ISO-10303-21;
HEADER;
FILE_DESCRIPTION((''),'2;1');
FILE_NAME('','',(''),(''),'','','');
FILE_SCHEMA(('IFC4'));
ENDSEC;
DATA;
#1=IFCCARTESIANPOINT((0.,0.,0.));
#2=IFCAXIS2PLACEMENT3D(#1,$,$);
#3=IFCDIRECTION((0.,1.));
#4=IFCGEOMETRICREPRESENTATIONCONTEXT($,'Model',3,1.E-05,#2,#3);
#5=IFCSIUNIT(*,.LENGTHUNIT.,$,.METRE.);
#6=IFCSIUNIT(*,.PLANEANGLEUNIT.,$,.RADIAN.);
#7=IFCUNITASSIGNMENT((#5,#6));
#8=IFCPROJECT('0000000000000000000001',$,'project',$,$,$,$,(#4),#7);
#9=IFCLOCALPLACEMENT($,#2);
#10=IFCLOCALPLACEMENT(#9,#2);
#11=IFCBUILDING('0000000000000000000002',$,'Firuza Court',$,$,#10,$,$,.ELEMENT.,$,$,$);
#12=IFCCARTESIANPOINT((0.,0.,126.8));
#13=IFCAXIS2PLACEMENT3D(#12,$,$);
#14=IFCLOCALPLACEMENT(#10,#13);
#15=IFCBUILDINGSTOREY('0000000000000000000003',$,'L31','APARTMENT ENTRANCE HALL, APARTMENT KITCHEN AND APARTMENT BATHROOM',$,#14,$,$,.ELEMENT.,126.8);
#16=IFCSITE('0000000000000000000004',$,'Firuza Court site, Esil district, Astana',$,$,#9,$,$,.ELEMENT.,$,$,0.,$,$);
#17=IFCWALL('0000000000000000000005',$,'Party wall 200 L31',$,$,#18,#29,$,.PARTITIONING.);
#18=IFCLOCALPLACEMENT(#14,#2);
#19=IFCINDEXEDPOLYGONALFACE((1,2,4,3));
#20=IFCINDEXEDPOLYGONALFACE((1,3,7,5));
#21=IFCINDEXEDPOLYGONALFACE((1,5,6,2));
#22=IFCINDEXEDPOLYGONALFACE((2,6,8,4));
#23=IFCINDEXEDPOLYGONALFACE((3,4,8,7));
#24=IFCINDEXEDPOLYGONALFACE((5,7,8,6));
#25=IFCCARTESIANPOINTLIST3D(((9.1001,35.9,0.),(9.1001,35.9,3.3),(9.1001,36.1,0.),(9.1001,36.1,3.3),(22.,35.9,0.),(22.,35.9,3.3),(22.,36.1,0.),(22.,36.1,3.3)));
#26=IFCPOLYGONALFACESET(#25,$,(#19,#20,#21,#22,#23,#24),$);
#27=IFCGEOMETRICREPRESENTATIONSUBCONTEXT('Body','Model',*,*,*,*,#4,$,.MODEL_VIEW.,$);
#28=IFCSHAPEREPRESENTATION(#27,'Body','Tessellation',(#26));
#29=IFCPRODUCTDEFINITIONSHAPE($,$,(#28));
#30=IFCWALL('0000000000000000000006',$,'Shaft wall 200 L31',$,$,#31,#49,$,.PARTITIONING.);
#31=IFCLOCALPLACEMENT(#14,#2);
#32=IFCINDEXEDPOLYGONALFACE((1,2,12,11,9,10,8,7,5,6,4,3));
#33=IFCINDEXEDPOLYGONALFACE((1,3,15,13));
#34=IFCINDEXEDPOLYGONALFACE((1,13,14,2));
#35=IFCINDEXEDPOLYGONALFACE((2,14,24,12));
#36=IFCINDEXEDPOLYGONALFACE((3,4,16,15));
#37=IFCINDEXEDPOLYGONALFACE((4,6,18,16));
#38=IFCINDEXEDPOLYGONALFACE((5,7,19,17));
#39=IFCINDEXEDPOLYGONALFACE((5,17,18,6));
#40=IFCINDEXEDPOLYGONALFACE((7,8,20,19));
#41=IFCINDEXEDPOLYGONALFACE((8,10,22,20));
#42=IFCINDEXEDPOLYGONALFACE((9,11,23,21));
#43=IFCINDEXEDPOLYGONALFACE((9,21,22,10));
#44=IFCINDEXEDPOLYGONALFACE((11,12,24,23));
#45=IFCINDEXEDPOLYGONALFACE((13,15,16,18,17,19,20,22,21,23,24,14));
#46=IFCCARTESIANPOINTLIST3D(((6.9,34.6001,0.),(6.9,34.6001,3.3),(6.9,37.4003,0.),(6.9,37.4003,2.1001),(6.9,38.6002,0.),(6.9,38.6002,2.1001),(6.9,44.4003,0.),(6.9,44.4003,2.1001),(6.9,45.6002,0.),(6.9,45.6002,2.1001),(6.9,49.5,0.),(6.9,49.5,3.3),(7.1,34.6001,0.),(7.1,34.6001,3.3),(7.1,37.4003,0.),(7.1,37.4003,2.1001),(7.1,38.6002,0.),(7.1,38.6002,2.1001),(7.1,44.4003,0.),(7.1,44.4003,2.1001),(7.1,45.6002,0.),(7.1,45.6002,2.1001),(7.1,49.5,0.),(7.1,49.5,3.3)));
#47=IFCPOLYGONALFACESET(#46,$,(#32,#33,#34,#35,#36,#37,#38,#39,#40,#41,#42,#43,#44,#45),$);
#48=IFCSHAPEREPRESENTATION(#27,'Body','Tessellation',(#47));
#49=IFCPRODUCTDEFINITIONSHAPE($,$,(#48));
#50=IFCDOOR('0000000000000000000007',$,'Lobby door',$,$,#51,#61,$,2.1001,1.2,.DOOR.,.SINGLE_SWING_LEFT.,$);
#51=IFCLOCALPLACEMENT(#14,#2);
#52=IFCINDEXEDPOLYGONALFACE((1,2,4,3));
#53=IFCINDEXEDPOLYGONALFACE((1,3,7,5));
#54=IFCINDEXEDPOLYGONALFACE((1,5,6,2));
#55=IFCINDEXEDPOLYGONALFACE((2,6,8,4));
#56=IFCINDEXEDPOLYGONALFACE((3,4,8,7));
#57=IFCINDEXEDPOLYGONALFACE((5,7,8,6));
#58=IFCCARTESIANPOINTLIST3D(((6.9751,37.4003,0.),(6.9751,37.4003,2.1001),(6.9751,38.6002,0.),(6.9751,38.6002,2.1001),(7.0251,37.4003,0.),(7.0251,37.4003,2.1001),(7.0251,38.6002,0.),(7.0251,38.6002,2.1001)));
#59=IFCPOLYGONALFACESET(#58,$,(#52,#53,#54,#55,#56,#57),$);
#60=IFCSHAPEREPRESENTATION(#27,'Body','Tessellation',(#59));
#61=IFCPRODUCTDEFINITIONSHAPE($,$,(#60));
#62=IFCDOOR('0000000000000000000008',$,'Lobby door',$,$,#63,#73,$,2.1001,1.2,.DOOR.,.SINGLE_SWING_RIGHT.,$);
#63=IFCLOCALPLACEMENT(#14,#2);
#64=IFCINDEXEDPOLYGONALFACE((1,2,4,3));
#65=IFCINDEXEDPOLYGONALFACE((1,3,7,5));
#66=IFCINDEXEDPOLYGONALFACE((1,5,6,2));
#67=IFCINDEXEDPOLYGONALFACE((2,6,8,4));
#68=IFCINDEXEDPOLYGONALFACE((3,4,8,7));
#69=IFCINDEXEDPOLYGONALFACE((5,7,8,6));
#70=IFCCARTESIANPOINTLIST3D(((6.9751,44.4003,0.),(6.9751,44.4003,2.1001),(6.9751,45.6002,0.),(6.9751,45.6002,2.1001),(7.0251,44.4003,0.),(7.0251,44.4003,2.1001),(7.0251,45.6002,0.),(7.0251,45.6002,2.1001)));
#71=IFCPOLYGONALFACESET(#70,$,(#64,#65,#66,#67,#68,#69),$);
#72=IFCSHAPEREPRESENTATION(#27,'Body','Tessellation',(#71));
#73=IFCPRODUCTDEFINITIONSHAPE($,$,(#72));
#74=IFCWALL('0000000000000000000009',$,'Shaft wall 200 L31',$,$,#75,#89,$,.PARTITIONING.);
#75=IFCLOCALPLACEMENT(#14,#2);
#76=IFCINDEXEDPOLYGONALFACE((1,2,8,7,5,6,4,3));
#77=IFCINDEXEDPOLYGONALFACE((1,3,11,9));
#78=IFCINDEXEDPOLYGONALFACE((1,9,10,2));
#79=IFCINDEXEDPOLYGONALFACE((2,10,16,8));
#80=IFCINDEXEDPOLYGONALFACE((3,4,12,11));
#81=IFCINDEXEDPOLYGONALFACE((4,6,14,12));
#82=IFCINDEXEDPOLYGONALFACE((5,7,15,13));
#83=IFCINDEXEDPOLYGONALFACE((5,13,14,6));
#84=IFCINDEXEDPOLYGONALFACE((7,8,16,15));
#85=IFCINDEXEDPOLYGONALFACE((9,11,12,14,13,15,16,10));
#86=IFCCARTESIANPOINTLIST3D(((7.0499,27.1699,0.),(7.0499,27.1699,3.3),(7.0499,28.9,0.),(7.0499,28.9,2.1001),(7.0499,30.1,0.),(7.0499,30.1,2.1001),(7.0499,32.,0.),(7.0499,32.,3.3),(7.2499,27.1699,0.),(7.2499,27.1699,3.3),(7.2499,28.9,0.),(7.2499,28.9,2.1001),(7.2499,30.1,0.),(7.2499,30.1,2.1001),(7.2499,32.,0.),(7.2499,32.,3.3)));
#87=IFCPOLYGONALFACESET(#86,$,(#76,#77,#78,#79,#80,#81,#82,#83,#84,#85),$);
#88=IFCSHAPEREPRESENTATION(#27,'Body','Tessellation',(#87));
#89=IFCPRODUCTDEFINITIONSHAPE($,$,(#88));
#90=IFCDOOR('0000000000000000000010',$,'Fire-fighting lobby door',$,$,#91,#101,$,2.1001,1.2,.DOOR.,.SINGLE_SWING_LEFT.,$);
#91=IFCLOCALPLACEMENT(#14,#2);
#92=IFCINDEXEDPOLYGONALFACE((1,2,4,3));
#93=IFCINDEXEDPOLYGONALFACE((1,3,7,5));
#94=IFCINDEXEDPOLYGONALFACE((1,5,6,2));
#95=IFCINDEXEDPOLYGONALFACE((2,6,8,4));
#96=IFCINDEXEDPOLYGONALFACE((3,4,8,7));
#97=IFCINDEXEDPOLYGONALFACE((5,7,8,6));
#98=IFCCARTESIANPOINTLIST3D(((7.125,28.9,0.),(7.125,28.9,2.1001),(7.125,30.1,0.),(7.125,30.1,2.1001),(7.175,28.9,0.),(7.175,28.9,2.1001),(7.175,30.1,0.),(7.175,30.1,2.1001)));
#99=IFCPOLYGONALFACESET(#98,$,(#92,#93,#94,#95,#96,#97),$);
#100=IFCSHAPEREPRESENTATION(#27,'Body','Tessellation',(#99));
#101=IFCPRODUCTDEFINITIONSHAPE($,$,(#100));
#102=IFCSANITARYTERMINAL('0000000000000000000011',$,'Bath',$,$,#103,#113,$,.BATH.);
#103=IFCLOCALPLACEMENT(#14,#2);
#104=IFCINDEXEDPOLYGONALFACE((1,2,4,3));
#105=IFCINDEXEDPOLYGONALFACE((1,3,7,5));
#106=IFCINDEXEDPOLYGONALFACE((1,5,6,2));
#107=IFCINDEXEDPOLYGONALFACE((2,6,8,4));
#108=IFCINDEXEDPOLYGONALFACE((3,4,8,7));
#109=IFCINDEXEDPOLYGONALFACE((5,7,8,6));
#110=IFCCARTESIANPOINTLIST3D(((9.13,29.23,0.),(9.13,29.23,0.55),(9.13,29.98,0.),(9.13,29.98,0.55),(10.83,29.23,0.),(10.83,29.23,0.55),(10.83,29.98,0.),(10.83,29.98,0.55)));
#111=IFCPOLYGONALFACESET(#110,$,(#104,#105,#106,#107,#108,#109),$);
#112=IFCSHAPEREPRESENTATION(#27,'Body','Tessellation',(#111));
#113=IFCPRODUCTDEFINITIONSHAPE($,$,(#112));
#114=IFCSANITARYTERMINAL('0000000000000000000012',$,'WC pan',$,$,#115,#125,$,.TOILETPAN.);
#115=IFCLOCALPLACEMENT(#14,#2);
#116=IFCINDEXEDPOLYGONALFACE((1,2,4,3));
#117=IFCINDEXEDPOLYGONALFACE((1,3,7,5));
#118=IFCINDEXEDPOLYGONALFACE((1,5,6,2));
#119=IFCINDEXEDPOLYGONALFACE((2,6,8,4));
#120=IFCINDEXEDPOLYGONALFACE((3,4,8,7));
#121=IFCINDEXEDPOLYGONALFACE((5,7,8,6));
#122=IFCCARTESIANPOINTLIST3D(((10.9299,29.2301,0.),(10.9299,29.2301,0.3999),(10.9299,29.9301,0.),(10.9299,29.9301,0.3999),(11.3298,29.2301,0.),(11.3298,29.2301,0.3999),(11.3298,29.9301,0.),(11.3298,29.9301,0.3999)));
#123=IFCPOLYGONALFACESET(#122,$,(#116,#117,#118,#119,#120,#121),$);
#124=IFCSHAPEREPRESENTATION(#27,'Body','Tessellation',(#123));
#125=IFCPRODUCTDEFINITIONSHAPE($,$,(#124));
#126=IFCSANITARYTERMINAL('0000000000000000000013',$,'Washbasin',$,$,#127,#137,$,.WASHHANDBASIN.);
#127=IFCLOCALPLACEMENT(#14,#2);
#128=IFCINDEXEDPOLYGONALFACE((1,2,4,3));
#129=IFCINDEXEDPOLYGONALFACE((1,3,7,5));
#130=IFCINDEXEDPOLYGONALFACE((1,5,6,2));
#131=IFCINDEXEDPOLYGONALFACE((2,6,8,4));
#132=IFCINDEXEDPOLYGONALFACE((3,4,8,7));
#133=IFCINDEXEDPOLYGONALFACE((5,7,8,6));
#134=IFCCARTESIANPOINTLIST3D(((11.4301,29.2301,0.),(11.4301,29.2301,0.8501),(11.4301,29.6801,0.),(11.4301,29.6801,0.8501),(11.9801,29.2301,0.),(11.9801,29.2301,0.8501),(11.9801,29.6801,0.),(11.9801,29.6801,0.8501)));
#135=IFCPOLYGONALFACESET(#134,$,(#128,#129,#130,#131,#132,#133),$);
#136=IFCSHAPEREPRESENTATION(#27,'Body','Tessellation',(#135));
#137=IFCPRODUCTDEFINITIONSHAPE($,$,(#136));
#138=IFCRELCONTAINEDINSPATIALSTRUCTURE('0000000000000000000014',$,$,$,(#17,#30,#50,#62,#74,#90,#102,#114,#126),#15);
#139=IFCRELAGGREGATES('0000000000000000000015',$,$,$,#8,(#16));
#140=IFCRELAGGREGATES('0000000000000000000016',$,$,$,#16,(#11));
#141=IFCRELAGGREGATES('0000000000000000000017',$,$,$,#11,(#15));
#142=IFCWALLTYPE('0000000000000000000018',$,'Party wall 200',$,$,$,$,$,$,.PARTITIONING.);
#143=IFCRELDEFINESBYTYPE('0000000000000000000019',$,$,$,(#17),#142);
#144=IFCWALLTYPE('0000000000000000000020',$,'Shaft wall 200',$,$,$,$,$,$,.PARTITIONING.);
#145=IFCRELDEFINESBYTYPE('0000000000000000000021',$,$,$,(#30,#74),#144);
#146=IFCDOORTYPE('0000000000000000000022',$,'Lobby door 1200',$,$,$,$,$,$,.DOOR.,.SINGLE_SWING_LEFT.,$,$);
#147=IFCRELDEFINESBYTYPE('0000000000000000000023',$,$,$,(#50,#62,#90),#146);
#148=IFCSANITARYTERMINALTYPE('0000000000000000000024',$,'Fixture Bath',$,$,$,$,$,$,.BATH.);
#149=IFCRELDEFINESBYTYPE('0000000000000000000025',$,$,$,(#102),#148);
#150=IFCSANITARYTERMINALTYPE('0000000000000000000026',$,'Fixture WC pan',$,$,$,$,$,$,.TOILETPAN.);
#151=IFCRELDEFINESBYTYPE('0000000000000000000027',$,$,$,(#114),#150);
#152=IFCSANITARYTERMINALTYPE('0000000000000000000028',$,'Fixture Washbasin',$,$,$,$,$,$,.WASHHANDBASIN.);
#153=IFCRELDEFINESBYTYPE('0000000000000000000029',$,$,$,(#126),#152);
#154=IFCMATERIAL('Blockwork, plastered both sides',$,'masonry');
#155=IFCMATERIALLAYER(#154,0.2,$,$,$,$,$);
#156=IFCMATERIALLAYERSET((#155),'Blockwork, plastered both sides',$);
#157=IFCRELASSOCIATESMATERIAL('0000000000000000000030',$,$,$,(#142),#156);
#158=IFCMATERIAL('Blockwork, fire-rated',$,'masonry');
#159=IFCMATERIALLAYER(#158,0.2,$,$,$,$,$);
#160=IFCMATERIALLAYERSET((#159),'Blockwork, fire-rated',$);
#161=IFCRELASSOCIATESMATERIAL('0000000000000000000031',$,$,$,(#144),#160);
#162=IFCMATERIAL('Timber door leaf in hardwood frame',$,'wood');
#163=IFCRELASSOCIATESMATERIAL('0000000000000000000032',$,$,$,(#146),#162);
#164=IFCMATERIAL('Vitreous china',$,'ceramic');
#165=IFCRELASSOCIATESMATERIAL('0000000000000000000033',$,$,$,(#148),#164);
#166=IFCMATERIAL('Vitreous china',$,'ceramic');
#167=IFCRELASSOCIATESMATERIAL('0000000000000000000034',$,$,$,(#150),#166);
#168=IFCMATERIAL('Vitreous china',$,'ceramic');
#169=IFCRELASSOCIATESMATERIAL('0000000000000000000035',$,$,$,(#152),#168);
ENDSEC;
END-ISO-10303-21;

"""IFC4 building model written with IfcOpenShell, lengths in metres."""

from ifc_helpers import new_model, si_unit, direction, frame, frame_2d, origin, origin_2d, place, context, subcontext, project, spatial, rectangle, extrude, material, layer, layer_set, type_object, element, fill, save


model = new_model("IFC4")

# Units and contexts
model_context = context("Model", 3, precision=1e-05, world=origin(), true_north=direction((0.0, 1.0)))
body_context = subcontext(model_context, "Body", "Model", "MODEL_VIEW")
ifc_project = project(units=[si_unit("LENGTHUNIT", "METRE"), si_unit("PLANEANGLEUNIT", "RADIAN")], contexts=[model_context])

# Site, building, storey
site_placement = place(None, origin())
site = spatial("IfcSite", under=ifc_project, at=site_placement, Name="Firuza Court site, Esil district, Astana", CompositionType="ELEMENT", RefElevation=0.0)
building_placement = place(site_placement, origin())
building = spatial("IfcBuilding", under=site, at=building_placement, Name="Firuza Court", CompositionType="ELEMENT")
storey_placement = place(building_placement, frame((0.0, 0.0, 126.8)))
storey = spatial("IfcBuildingStorey", under=building, at=storey_placement, Name="L31", Description="APARTMENT ENTRANCE HALL, APARTMENT KITCHEN AND APARTMENT BATHROOM", CompositionType="ELEMENT", Elevation=126.8)

# Shared definitions
ifc_material_1 = material(Name="Blockwork, plastered both sides", Category="masonry")

# Wall
ifc_layer_1 = layer(ifc_material_1, 0.2)
ifc_layer_set_1 = layer_set([ifc_layer_1], Name="Blockwork, plastered both sides")
wall_type_1 = type_object("IfcWallType", Name="Party wall 200", PredefinedType="PARTITIONING", material=ifc_layer_set_1)
for number, where, z_axis, x_axis, name in (
    (1, (9.1001, 36.0, 0.0), (0.0, 0.0, 1.0), (1.0, 0.0, 0.0), "Party wall 200 L31"),
):
    element("IfcWall", number, at=place(storey_placement, frame(where, z_axis=z_axis, x_axis=x_axis)), inside=storey, type_object=wall_type_1, Name=name, PredefinedType="PARTITIONING", context=body_context, shape_type="SweptSolid", body=[
        extrude(rectangle(XDim=12.8999, YDim=0.2, at=frame_2d((6.45, 0.0))), origin(), (0.0, 0.0, 1.0), 3.3),
    ])

# Wall, openings, doors
ifc_material_2 = material(Name="Blockwork, fire-rated", Category="masonry")
ifc_layer_2 = layer(ifc_material_2, 0.2)
ifc_layer_set_2 = layer_set([ifc_layer_2], Name="Blockwork, fire-rated")
wall_type_2 = type_object("IfcWallType", Name="Shaft wall 200", PredefinedType="PARTITIONING", material=ifc_layer_set_2)
wall_1_placement = place(storey_placement, frame((7.0, 34.6001, 0.0), z_axis=(0.0, 0.0, 1.0), x_axis=(0.0, 1.0, 0.0)))
wall_1 = element("IfcWall", 2, at=wall_1_placement, inside=storey, type_object=wall_type_2, Name="Shaft wall 200 L31", PredefinedType="PARTITIONING", context=body_context, shape_type="SweptSolid", body=[
    extrude(rectangle(XDim=14.8999, YDim=0.2, at=frame_2d((7.45, 0.0))), origin(), (0.0, 0.0, 1.0), 3.3),
])
opening_1_placement = place(wall_1_placement, frame((2.8, 0.0, 0.0)))
opening_1 = element("IfcOpeningElement", 3, at=opening_1_placement, cuts=wall_1, PredefinedType="OPENING", context=body_context, shape_type="SweptSolid", body=[
    extrude(rectangle(XDim=1.2, YDim=2.1001, at=frame_2d((0.6001, 1.05))), frame((0.0, 0.1118, 0.0), z_axis=(0.0, -1.0, 0.0), x_axis=(1.0, 0.0, 0.0)), (0.0, 0.0, 1.0), 0.2239),
])
opening_2_placement = place(wall_1_placement, frame((9.8, 0.0, 0.0)))
opening_2 = element("IfcOpeningElement", 4, at=opening_2_placement, cuts=wall_1, PredefinedType="OPENING", context=body_context, shape_type="SweptSolid", body=[
    extrude(rectangle(XDim=1.2, YDim=2.1001, at=frame_2d((0.6001, 1.05))), frame((0.0, 0.1118, 0.0), z_axis=(0.0, -1.0, 0.0), x_axis=(1.0, 0.0, 0.0)), (0.0, 0.0, 1.0), 0.2239),
])
ifc_material_3 = material(Name="Timber door leaf in hardwood frame", Category="wood")
door_type_1 = type_object("IfcDoorType", Name="Lobby door 1200", OperationType="SINGLE_SWING_LEFT", PredefinedType="DOOR", material=ifc_material_3)
door_1_placement = place(opening_1_placement, origin())
door_1 = element("IfcDoor", 5, at=door_1_placement, inside=storey, type_object=door_type_1, Name="Lobby door", OperationType="SINGLE_SWING_LEFT", OverallHeight=2.1001, OverallWidth=1.2, PredefinedType="DOOR", context=body_context, shape_type="SweptSolid", body=[
    extrude(rectangle(XDim=1.2, YDim=2.1001, at=frame_2d((0.6001, 1.05))), frame((0.0, 0.0249, 0.0), z_axis=(0.0, -1.0, 0.0), x_axis=(1.0, 0.0, 0.0)), (0.0, 0.0, 1.0), 0.05),
])
fill(opening_1, door_1)
door_2_placement = place(opening_2_placement, origin())
door_2 = element("IfcDoor", 6, at=door_2_placement, inside=storey, type_object=door_type_1, Name="Lobby door", OperationType="SINGLE_SWING_RIGHT", OverallHeight=2.1001, OverallWidth=1.2, PredefinedType="DOOR", context=body_context, shape_type="SweptSolid", body=[
    extrude(rectangle(XDim=1.2, YDim=2.1001, at=frame_2d((0.6001, 1.05))), frame((0.0, 0.0249, 0.0), z_axis=(0.0, -1.0, 0.0), x_axis=(1.0, 0.0, 0.0)), (0.0, 0.0, 1.0), 0.05),
])
fill(opening_2, door_2)

# Wall, opening, door
wall_2_placement = place(storey_placement, frame((7.1499, 27.1699, 0.0), z_axis=(0.0, 0.0, 1.0), x_axis=(0.0, 1.0, 0.0)))
wall_2 = element("IfcWall", 7, at=wall_2_placement, inside=storey, type_object=wall_type_2, Name="Shaft wall 200 L31", PredefinedType="PARTITIONING", context=body_context, shape_type="SweptSolid", body=[
    extrude(rectangle(XDim=4.8301, YDim=0.2, at=frame_2d((2.415, 0.0))), origin(), (0.0, 0.0, 1.0), 3.3),
])
opening_3_placement = place(wall_2_placement, frame((1.73, 0.0, 0.0)))
opening_3 = element("IfcOpeningElement", 8, at=opening_3_placement, cuts=wall_2, PredefinedType="OPENING", context=body_context, shape_type="SweptSolid", body=[
    extrude(rectangle(XDim=1.2, YDim=2.1001, at=frame_2d((0.6001, 1.05))), frame((0.0, 0.1118, 0.0), z_axis=(0.0, -1.0, 0.0), x_axis=(1.0, 0.0, 0.0)), (0.0, 0.0, 1.0), 0.2239),
])
door_3_placement = place(opening_3_placement, origin())
door_3 = element("IfcDoor", 9, at=door_3_placement, inside=storey, type_object=door_type_1, Name="Fire-fighting lobby door", OperationType="SINGLE_SWING_LEFT", OverallHeight=2.1001, OverallWidth=1.2, PredefinedType="DOOR", context=body_context, shape_type="SweptSolid", body=[
    extrude(rectangle(XDim=1.2, YDim=2.1001, at=frame_2d((0.6001, 1.05))), frame((0.0, 0.0249, 0.0), z_axis=(0.0, -1.0, 0.0), x_axis=(1.0, 0.0, 0.0)), (0.0, 0.0, 1.0), 0.05),
])
fill(opening_3, door_3)

# Sanitary terminals
ifc_material_4 = material(Name="Vitreous china", Category="ceramic")
sanitary_terminal_type_1 = type_object("IfcSanitaryTerminalType", Name="Fixture Bath", PredefinedType="BATH", material=ifc_material_4)
sanitary_terminal_1_placement = place(storey_placement, frame((9.98, 29.605, 0.0), z_axis=(0.0, 0.0, 1.0), x_axis=(1.0, 0.0, 0.0)))
element("IfcSanitaryTerminal", 10, at=sanitary_terminal_1_placement, inside=storey, type_object=sanitary_terminal_type_1, Name="Bath", PredefinedType="BATH", context=body_context, shape_type="SweptSolid", body=[
    extrude(rectangle(XDim=1.7, YDim=0.75, at=origin_2d()), origin(), (0.0, 0.0, 1.0), 0.55),
])
ifc_material_5 = material(Name="Vitreous china", Category="ceramic")
sanitary_terminal_type_2 = type_object("IfcSanitaryTerminalType", Name="Fixture WC pan", PredefinedType="TOILETPAN", material=ifc_material_5)
sanitary_terminal_2_placement = place(storey_placement, frame((11.1299, 29.5801, 0.0), z_axis=(0.0, 0.0, 1.0), x_axis=(1.0, 0.0, 0.0)))
element("IfcSanitaryTerminal", 11, at=sanitary_terminal_2_placement, inside=storey, type_object=sanitary_terminal_type_2, Name="WC pan", PredefinedType="TOILETPAN", context=body_context, shape_type="SweptSolid", body=[
    extrude(rectangle(XDim=0.3999, YDim=0.7, at=origin_2d()), origin(), (0.0, 0.0, 1.0), 0.3999),
])
ifc_material_6 = material(Name="Vitreous china", Category="ceramic")
sanitary_terminal_type_3 = type_object("IfcSanitaryTerminalType", Name="Fixture Washbasin", PredefinedType="WASHHANDBASIN", material=ifc_material_6)
sanitary_terminal_3_placement = place(storey_placement, frame((11.7051, 29.4551, 0.0), z_axis=(0.0, 0.0, 1.0), x_axis=(1.0, 0.0, 0.0)))
element("IfcSanitaryTerminal", 12, at=sanitary_terminal_3_placement, inside=storey, type_object=sanitary_terminal_type_3, Name="Washbasin", PredefinedType="WASHHANDBASIN", context=body_context, shape_type="SweptSolid", body=[
    extrude(rectangle(XDim=0.55, YDim=0.45, at=origin_2d()), origin(), (0.0, 0.0, 1.0), 0.8501),
])

save(model, "model.ifc")
